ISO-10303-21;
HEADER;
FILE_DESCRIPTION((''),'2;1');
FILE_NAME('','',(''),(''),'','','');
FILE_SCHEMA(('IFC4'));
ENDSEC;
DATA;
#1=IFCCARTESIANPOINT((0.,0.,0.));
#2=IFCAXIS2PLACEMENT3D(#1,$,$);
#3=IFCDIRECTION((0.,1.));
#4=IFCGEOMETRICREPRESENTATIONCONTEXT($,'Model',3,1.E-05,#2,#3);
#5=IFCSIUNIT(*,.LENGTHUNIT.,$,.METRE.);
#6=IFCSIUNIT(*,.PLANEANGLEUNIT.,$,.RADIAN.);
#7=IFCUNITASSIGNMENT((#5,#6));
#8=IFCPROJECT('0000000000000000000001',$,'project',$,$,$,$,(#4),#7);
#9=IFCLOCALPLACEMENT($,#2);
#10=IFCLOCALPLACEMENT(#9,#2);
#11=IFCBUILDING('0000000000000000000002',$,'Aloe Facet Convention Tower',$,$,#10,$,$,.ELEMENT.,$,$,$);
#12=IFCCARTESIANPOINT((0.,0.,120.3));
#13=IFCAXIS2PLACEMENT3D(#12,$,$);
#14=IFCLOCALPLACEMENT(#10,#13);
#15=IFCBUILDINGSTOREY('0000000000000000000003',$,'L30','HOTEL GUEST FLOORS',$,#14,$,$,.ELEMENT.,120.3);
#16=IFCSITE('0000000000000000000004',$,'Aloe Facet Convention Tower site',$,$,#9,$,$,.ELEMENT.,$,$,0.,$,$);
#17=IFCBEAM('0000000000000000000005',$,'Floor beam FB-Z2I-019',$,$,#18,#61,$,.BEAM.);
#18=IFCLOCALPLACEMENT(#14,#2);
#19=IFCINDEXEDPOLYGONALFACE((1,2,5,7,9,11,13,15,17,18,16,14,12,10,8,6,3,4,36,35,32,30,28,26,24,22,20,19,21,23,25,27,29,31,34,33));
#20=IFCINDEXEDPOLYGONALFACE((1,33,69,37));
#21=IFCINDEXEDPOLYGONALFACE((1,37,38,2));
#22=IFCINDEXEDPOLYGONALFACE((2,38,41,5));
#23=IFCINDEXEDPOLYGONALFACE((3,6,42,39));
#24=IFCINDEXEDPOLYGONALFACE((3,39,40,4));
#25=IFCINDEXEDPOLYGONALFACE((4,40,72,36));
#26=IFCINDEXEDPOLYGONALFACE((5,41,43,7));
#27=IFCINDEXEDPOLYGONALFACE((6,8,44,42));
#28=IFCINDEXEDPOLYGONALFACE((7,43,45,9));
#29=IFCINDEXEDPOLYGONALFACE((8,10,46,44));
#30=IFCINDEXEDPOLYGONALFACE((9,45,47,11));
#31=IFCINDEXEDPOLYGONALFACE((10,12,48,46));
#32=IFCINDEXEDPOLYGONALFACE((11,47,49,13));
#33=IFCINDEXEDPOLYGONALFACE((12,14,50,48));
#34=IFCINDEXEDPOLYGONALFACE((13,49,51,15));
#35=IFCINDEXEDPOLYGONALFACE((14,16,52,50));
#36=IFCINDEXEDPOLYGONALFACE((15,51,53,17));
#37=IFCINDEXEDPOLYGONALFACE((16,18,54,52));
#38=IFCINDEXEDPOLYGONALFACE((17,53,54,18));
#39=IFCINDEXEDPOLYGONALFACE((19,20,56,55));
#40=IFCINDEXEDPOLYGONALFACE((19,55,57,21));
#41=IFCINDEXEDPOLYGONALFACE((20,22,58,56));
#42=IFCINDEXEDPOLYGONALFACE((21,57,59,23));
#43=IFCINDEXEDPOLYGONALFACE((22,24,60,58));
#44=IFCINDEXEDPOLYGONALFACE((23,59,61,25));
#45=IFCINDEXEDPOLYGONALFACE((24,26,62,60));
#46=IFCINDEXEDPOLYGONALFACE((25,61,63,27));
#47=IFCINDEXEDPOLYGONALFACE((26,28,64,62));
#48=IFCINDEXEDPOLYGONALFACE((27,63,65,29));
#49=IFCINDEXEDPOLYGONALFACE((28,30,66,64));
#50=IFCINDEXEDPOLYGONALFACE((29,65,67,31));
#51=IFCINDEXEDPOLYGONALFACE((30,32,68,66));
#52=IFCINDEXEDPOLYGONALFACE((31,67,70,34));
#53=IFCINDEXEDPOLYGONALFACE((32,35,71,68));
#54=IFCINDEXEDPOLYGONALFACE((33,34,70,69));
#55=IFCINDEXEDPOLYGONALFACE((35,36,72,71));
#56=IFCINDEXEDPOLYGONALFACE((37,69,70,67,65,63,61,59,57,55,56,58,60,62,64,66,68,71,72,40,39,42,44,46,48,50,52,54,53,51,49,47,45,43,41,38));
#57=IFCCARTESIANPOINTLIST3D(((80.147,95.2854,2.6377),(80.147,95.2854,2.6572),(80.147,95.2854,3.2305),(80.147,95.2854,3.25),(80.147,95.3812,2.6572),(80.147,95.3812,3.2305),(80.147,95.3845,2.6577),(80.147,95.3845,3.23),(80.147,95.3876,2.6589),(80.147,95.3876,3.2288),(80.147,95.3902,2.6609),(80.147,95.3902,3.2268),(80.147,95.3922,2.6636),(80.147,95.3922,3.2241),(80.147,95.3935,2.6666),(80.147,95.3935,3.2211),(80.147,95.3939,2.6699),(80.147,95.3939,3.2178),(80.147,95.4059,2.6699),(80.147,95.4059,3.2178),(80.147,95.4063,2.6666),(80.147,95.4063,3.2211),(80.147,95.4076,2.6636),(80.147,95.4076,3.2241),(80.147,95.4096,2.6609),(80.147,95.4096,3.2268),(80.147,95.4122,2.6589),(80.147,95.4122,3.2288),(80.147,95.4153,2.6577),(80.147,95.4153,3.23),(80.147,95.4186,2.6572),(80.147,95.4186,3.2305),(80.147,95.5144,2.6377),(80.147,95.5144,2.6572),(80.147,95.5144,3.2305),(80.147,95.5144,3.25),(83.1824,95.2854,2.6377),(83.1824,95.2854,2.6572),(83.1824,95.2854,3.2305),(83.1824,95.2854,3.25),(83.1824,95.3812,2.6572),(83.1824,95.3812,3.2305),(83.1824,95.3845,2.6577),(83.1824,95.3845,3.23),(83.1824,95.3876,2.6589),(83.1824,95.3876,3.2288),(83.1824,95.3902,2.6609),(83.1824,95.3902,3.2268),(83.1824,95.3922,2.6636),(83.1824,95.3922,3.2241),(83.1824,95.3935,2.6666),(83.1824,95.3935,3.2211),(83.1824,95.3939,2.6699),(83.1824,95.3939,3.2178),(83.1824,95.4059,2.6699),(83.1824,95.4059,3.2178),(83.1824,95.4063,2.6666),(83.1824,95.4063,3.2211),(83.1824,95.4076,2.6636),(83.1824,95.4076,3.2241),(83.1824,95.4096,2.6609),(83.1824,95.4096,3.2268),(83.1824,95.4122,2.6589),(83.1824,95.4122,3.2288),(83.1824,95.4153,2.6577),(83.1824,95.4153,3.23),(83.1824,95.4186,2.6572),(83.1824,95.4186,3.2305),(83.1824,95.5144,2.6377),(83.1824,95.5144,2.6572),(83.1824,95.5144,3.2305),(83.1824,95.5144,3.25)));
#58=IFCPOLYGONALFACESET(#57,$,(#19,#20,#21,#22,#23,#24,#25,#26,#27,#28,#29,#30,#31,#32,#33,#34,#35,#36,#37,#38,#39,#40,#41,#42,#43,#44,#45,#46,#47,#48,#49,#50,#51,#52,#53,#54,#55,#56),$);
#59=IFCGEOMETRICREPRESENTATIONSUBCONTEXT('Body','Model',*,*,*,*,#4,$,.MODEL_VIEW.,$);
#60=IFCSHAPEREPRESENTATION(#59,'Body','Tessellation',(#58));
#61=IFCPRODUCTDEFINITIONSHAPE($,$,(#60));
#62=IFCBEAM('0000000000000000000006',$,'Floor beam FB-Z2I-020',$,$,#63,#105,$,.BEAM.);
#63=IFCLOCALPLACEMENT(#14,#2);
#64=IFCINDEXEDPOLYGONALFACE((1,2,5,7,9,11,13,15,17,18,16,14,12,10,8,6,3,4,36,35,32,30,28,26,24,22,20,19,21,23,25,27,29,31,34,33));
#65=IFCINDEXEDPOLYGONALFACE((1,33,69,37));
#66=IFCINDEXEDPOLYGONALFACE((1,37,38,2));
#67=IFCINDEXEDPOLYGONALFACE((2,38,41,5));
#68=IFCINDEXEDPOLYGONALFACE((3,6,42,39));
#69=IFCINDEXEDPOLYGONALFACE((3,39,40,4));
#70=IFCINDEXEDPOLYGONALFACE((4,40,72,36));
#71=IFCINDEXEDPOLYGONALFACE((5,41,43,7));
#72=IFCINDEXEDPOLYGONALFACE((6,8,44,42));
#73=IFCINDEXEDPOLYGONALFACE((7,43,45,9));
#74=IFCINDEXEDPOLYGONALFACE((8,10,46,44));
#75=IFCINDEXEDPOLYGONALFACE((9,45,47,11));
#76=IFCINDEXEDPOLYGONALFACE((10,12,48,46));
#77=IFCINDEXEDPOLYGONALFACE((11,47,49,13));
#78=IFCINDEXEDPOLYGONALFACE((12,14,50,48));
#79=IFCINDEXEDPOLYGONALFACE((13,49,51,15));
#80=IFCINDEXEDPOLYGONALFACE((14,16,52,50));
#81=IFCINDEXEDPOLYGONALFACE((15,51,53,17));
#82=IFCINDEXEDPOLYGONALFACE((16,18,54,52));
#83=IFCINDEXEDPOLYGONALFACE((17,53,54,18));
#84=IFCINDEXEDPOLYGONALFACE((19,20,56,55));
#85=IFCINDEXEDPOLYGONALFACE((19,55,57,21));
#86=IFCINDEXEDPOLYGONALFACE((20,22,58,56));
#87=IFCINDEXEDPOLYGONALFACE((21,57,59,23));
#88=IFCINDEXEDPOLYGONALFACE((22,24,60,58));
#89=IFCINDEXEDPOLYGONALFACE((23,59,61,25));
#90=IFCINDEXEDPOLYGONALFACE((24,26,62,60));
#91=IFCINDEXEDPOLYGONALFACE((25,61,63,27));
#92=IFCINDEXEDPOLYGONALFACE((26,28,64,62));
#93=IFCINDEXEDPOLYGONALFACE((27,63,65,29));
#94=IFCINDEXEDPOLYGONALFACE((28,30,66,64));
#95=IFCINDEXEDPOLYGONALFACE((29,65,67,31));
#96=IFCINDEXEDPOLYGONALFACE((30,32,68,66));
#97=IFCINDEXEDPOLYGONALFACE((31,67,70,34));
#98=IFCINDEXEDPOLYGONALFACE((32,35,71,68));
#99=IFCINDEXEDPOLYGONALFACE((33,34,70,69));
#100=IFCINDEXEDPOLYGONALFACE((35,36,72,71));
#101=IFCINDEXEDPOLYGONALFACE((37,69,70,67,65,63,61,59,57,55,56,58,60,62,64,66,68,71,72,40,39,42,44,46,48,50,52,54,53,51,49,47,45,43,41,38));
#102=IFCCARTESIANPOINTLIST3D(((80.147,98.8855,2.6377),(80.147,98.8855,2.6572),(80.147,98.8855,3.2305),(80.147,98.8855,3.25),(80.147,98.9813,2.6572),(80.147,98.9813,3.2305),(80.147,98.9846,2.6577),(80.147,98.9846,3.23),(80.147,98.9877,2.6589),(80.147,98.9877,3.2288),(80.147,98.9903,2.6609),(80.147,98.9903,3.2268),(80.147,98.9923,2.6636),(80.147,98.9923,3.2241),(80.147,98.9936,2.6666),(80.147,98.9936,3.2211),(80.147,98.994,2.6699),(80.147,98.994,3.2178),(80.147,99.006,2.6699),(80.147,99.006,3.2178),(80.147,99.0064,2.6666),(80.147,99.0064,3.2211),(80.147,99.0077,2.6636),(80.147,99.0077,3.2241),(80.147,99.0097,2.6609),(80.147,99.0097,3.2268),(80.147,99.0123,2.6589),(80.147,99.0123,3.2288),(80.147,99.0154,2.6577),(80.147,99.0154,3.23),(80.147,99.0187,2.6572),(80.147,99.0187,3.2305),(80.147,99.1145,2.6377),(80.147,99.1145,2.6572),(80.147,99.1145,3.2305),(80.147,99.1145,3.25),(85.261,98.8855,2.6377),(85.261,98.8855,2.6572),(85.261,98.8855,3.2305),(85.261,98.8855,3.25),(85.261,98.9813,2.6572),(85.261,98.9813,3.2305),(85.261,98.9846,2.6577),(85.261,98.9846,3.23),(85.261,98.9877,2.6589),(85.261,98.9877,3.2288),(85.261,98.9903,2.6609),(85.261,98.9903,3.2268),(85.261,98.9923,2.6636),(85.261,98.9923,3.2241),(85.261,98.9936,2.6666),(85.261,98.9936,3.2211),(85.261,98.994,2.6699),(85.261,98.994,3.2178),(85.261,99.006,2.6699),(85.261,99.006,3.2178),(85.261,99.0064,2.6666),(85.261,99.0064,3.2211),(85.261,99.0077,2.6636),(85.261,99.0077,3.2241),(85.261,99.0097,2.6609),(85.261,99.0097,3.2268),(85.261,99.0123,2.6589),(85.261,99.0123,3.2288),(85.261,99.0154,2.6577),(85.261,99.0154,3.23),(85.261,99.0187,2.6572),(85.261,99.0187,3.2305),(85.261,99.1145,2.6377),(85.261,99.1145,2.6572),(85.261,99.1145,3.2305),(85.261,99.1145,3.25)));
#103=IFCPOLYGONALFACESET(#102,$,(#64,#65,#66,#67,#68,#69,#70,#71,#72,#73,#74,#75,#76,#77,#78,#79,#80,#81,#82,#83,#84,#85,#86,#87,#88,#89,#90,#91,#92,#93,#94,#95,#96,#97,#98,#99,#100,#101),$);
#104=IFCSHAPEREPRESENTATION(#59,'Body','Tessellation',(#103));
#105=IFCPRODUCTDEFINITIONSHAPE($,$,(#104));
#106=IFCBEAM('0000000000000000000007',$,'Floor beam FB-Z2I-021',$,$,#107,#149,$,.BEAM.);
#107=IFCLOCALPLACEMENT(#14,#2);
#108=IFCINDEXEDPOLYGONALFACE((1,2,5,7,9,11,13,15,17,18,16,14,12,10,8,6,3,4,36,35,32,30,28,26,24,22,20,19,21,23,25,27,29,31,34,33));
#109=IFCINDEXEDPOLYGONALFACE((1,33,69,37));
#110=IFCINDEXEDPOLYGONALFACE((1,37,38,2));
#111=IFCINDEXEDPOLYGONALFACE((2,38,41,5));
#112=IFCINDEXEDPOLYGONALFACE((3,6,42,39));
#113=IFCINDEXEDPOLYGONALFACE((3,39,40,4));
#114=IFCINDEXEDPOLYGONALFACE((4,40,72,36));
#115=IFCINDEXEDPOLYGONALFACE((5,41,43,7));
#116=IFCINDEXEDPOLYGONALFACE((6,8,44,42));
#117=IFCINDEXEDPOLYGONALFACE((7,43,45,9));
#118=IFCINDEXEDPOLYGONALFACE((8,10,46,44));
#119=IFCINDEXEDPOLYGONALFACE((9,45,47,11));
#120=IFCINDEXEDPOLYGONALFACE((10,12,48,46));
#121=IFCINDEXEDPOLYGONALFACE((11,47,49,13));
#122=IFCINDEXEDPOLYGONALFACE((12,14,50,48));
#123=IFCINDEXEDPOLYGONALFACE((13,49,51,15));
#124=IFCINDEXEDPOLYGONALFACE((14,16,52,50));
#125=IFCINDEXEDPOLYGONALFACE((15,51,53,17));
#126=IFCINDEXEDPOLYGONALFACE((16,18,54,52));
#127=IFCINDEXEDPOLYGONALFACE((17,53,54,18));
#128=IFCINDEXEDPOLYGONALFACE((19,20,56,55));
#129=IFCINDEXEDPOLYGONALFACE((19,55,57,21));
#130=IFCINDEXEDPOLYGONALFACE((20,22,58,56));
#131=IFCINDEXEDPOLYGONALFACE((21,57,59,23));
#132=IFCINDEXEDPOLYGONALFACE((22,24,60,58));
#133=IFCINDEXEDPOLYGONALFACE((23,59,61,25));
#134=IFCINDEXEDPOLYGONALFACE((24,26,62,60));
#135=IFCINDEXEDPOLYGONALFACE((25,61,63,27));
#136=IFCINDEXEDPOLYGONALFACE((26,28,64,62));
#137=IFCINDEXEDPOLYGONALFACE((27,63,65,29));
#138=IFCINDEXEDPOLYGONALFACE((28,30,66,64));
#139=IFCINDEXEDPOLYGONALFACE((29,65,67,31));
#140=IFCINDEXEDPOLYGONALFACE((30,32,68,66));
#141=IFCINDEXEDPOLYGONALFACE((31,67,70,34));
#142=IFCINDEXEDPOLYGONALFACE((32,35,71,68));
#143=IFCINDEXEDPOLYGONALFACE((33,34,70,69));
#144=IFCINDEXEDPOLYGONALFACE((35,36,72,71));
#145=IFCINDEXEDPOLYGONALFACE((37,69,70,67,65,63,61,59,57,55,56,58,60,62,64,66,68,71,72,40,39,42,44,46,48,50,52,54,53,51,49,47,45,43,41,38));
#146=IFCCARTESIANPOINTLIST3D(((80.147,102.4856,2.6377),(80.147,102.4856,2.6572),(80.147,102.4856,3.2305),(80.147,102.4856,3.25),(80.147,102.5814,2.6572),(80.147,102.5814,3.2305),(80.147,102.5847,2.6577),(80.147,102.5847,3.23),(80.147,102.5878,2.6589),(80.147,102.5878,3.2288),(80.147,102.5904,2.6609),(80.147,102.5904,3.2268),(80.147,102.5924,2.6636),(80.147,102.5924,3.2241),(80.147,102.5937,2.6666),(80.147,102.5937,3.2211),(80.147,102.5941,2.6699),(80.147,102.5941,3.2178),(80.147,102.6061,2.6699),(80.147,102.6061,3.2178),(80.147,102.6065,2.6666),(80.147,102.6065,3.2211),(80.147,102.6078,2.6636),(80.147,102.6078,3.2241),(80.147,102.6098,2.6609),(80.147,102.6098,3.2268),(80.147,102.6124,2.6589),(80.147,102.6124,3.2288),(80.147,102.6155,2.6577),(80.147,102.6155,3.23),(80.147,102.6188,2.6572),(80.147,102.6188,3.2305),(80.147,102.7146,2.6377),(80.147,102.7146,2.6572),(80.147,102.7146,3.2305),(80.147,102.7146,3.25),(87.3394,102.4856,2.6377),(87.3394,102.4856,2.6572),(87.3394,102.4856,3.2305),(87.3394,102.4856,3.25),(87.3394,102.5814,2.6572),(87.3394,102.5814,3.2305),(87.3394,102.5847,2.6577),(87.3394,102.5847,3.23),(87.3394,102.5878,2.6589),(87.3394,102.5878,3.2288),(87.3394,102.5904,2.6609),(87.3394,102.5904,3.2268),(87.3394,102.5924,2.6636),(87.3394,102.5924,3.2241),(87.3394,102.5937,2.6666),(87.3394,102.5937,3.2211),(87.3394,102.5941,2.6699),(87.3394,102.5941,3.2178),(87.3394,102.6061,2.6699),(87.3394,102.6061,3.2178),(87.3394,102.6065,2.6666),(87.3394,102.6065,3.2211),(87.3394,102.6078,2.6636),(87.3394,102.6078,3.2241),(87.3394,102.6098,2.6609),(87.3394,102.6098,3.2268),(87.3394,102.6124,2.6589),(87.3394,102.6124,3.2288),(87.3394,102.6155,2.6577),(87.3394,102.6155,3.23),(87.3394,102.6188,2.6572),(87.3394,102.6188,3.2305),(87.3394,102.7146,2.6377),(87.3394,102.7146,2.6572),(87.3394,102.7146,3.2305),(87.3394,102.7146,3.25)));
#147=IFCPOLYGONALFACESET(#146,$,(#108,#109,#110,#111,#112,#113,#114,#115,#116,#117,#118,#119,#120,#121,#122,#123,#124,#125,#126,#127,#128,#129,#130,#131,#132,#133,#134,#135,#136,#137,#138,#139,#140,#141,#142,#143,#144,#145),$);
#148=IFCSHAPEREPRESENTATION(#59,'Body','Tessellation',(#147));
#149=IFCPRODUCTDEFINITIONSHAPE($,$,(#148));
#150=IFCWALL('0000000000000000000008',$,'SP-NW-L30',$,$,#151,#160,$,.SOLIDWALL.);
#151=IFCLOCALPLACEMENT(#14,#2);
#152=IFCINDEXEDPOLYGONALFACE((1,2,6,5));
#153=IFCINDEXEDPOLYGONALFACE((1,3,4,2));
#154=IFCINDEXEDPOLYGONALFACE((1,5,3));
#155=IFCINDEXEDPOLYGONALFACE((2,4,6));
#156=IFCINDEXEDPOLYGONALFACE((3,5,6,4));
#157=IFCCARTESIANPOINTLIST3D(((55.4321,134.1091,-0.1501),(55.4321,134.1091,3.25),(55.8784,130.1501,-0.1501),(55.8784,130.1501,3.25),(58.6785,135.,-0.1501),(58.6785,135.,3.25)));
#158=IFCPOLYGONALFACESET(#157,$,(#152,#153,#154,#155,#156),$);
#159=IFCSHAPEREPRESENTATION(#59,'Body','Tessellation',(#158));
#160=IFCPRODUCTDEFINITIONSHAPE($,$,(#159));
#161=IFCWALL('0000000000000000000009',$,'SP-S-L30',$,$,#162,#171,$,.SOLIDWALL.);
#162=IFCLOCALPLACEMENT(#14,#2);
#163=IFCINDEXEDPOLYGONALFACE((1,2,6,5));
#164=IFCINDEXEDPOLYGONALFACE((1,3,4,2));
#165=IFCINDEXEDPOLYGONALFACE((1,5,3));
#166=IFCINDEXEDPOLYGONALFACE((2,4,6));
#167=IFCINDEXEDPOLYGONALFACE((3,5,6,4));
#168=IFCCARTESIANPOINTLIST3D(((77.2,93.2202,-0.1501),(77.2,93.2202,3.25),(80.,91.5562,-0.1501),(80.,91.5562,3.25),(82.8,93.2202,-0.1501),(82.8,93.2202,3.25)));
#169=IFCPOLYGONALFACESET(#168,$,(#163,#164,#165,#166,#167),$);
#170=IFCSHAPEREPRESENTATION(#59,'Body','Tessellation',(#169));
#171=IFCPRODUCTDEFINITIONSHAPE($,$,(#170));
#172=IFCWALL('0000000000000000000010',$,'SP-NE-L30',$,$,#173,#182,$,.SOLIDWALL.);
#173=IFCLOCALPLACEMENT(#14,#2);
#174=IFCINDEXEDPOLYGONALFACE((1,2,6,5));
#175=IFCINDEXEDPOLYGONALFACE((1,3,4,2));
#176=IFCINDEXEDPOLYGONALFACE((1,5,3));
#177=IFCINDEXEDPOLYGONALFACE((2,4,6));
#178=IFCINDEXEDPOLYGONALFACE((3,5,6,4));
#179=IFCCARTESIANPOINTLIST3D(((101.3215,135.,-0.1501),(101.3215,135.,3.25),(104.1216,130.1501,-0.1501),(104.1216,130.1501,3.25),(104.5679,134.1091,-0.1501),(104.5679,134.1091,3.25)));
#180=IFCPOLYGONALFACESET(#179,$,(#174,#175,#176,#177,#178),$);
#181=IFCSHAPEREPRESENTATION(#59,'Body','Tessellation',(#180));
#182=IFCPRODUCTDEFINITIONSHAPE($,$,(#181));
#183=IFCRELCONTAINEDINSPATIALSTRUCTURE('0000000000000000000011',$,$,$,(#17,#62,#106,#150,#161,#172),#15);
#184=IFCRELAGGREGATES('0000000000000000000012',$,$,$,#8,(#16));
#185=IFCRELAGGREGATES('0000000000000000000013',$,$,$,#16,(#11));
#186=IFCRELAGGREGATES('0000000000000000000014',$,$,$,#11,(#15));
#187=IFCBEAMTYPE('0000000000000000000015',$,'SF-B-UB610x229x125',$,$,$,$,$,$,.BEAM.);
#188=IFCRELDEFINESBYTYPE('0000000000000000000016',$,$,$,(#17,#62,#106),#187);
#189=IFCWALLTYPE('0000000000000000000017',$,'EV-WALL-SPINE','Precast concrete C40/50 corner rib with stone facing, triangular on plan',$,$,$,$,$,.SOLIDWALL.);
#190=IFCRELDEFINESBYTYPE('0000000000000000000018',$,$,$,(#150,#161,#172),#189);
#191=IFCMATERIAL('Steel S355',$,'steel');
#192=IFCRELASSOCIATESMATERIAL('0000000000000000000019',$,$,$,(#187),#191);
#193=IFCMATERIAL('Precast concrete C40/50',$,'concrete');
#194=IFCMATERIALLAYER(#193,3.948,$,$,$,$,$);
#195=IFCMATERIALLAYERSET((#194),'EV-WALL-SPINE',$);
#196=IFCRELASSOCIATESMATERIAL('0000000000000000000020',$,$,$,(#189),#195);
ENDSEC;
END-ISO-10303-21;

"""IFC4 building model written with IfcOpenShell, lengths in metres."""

from ifc_helpers import new_model, si_unit, direction, frame, origin, origin_2d, place, context, subcontext, project, spatial, polyline, i_section, outline, extrude, material, layer, layer_set, material_profile, profile_set, type_object, element, save


model = new_model("IFC4")

# Units and contexts
model_context = context("Model", 3, precision=1e-05, world=origin(), true_north=direction((0.0, 1.0)))
body_context = subcontext(model_context, "Body", "Model", "MODEL_VIEW")
ifc_project = project(units=[si_unit("LENGTHUNIT", "METRE"), si_unit("PLANEANGLEUNIT", "RADIAN")], contexts=[model_context])

# Site, building, storey
site_placement = place(None, origin())
site = spatial("IfcSite", under=ifc_project, at=site_placement, Name="Aloe Facet Convention Tower site", CompositionType="ELEMENT", RefElevation=0.0)
building_placement = place(site_placement, origin())
building = spatial("IfcBuilding", under=site, at=building_placement, Name="Aloe Facet Convention Tower", CompositionType="ELEMENT")
storey_placement = place(building_placement, frame((0.0, 0.0, 120.3)))
storey = spatial("IfcBuildingStorey", under=building, at=storey_placement, Name="L30", Description="HOTEL GUEST FLOORS", CompositionType="ELEMENT", Elevation=120.3)

# Beams
ifc_material_1 = material(Name="Steel S355", Category="steel")
ifc_material_profile_1 = material_profile(ifc_material_1, i_section(OverallWidth=0.229, OverallDepth=0.6123, WebThickness=0.012, FlangeThickness=0.0195, FilletRadius=0.0127, at=origin_2d()), Name="UB 610x229x125")
ifc_profile_set_1 = profile_set([ifc_material_profile_1], Name="Steel S355")
beam_type = type_object("IfcBeamType", Name="SF-B-UB610x229x125", PredefinedType="BEAM", material=ifc_profile_set_1)
for number, where, z_axis, x_axis, name in (
    (1, (80.147, 95.3999, 2.9438), (1.0, 0.0, 0.0), (0.0, 1.0, 0.0), "Floor beam FB-Z2I-019"),
):
    element("IfcBeam", number, at=place(storey_placement, frame(where, z_axis=z_axis, x_axis=x_axis)), inside=storey, type_object=beam_type, Name=name, PredefinedType="BEAM", context=body_context, shape_type="SweptSolid", body=[
        extrude(i_section(OverallWidth=0.229, OverallDepth=0.6123, WebThickness=0.012, FlangeThickness=0.0195, FilletRadius=0.0127, at=origin_2d()), origin(), (0.0, 0.0, 1.0), 3.0354),
    ])
beam_1_placement = place(storey_placement, frame((80.147, 99.0, 2.9438), z_axis=(1.0, 0.0, 0.0), x_axis=(0.0, 1.0, 0.0)))
element("IfcBeam", 2, at=beam_1_placement, inside=storey, type_object=beam_type, Name="Floor beam FB-Z2I-020", PredefinedType="BEAM", context=body_context, shape_type="SweptSolid", body=[
    extrude(i_section(OverallWidth=0.229, OverallDepth=0.6123, WebThickness=0.012, FlangeThickness=0.0195, FilletRadius=0.0127, at=origin_2d()), origin(), (0.0, 0.0, 1.0), 5.114),
])
beam_2_placement = place(storey_placement, frame((80.147, 102.6001, 2.9438), z_axis=(1.0, 0.0, 0.0), x_axis=(0.0, 1.0, 0.0)))
element("IfcBeam", 3, at=beam_2_placement, inside=storey, type_object=beam_type, Name="Floor beam FB-Z2I-021", PredefinedType="BEAM", context=body_context, shape_type="SweptSolid", body=[
    extrude(i_section(OverallWidth=0.229, OverallDepth=0.6123, WebThickness=0.012, FlangeThickness=0.0195, FilletRadius=0.0127, at=origin_2d()), origin(), (0.0, 0.0, 1.0), 7.1924),
])

# Walls
ifc_material_2 = material(Name="Precast concrete C40/50", Category="concrete")
ifc_layer_1 = layer(ifc_material_2, 3.948)
ifc_layer_set_1 = layer_set([ifc_layer_1], Name="EV-WALL-SPINE")
wall_type_1 = type_object("IfcWallType", Name="EV-WALL-SPINE", Description="Precast concrete C40/50 corner rib with stone facing, triangular on plan", PredefinedType="SOLIDWALL", material=ifc_layer_set_1)
wall_1_placement = place(storey_placement, frame((0.0, 0.0, -0.1501)))
element("IfcWall", 4, at=wall_1_placement, inside=storey, type_object=wall_type_1, Name="SP-NW-L30", PredefinedType="SOLIDWALL", context=body_context, shape_type="SweptSolid", body=[
    extrude(outline(polyline([(58.6785, 135.0), (55.4321, 134.1091), (55.8784, 130.1501), (58.6785, 135.0)])), origin(), (0.0, 0.0, 1.0), 3.4001),
])
wall_2_placement = place(storey_placement, frame((0.0, 0.0, -0.1501)))
element("IfcWall", 5, at=wall_2_placement, inside=storey, type_object=wall_type_1, Name="SP-S-L30", PredefinedType="SOLIDWALL", context=body_context, shape_type="SweptSolid", body=[
    extrude(outline(polyline([(77.2, 93.2202), (80.0, 91.5562), (82.8, 93.2202), (77.2, 93.2202)])), origin(), (0.0, 0.0, 1.0), 3.4001),
])
wall_3_placement = place(storey_placement, frame((0.0, 0.0, -0.1501)))
element("IfcWall", 6, at=wall_3_placement, inside=storey, type_object=wall_type_1, Name="SP-NE-L30", PredefinedType="SOLIDWALL", context=body_context, shape_type="SweptSolid", body=[
    extrude(outline(polyline([(104.1216, 130.1501), (104.5679, 134.1091), (101.3215, 135.0), (104.1216, 130.1501)])), origin(), (0.0, 0.0, 1.0), 3.4001),
])

save(model, "model.ifc")
